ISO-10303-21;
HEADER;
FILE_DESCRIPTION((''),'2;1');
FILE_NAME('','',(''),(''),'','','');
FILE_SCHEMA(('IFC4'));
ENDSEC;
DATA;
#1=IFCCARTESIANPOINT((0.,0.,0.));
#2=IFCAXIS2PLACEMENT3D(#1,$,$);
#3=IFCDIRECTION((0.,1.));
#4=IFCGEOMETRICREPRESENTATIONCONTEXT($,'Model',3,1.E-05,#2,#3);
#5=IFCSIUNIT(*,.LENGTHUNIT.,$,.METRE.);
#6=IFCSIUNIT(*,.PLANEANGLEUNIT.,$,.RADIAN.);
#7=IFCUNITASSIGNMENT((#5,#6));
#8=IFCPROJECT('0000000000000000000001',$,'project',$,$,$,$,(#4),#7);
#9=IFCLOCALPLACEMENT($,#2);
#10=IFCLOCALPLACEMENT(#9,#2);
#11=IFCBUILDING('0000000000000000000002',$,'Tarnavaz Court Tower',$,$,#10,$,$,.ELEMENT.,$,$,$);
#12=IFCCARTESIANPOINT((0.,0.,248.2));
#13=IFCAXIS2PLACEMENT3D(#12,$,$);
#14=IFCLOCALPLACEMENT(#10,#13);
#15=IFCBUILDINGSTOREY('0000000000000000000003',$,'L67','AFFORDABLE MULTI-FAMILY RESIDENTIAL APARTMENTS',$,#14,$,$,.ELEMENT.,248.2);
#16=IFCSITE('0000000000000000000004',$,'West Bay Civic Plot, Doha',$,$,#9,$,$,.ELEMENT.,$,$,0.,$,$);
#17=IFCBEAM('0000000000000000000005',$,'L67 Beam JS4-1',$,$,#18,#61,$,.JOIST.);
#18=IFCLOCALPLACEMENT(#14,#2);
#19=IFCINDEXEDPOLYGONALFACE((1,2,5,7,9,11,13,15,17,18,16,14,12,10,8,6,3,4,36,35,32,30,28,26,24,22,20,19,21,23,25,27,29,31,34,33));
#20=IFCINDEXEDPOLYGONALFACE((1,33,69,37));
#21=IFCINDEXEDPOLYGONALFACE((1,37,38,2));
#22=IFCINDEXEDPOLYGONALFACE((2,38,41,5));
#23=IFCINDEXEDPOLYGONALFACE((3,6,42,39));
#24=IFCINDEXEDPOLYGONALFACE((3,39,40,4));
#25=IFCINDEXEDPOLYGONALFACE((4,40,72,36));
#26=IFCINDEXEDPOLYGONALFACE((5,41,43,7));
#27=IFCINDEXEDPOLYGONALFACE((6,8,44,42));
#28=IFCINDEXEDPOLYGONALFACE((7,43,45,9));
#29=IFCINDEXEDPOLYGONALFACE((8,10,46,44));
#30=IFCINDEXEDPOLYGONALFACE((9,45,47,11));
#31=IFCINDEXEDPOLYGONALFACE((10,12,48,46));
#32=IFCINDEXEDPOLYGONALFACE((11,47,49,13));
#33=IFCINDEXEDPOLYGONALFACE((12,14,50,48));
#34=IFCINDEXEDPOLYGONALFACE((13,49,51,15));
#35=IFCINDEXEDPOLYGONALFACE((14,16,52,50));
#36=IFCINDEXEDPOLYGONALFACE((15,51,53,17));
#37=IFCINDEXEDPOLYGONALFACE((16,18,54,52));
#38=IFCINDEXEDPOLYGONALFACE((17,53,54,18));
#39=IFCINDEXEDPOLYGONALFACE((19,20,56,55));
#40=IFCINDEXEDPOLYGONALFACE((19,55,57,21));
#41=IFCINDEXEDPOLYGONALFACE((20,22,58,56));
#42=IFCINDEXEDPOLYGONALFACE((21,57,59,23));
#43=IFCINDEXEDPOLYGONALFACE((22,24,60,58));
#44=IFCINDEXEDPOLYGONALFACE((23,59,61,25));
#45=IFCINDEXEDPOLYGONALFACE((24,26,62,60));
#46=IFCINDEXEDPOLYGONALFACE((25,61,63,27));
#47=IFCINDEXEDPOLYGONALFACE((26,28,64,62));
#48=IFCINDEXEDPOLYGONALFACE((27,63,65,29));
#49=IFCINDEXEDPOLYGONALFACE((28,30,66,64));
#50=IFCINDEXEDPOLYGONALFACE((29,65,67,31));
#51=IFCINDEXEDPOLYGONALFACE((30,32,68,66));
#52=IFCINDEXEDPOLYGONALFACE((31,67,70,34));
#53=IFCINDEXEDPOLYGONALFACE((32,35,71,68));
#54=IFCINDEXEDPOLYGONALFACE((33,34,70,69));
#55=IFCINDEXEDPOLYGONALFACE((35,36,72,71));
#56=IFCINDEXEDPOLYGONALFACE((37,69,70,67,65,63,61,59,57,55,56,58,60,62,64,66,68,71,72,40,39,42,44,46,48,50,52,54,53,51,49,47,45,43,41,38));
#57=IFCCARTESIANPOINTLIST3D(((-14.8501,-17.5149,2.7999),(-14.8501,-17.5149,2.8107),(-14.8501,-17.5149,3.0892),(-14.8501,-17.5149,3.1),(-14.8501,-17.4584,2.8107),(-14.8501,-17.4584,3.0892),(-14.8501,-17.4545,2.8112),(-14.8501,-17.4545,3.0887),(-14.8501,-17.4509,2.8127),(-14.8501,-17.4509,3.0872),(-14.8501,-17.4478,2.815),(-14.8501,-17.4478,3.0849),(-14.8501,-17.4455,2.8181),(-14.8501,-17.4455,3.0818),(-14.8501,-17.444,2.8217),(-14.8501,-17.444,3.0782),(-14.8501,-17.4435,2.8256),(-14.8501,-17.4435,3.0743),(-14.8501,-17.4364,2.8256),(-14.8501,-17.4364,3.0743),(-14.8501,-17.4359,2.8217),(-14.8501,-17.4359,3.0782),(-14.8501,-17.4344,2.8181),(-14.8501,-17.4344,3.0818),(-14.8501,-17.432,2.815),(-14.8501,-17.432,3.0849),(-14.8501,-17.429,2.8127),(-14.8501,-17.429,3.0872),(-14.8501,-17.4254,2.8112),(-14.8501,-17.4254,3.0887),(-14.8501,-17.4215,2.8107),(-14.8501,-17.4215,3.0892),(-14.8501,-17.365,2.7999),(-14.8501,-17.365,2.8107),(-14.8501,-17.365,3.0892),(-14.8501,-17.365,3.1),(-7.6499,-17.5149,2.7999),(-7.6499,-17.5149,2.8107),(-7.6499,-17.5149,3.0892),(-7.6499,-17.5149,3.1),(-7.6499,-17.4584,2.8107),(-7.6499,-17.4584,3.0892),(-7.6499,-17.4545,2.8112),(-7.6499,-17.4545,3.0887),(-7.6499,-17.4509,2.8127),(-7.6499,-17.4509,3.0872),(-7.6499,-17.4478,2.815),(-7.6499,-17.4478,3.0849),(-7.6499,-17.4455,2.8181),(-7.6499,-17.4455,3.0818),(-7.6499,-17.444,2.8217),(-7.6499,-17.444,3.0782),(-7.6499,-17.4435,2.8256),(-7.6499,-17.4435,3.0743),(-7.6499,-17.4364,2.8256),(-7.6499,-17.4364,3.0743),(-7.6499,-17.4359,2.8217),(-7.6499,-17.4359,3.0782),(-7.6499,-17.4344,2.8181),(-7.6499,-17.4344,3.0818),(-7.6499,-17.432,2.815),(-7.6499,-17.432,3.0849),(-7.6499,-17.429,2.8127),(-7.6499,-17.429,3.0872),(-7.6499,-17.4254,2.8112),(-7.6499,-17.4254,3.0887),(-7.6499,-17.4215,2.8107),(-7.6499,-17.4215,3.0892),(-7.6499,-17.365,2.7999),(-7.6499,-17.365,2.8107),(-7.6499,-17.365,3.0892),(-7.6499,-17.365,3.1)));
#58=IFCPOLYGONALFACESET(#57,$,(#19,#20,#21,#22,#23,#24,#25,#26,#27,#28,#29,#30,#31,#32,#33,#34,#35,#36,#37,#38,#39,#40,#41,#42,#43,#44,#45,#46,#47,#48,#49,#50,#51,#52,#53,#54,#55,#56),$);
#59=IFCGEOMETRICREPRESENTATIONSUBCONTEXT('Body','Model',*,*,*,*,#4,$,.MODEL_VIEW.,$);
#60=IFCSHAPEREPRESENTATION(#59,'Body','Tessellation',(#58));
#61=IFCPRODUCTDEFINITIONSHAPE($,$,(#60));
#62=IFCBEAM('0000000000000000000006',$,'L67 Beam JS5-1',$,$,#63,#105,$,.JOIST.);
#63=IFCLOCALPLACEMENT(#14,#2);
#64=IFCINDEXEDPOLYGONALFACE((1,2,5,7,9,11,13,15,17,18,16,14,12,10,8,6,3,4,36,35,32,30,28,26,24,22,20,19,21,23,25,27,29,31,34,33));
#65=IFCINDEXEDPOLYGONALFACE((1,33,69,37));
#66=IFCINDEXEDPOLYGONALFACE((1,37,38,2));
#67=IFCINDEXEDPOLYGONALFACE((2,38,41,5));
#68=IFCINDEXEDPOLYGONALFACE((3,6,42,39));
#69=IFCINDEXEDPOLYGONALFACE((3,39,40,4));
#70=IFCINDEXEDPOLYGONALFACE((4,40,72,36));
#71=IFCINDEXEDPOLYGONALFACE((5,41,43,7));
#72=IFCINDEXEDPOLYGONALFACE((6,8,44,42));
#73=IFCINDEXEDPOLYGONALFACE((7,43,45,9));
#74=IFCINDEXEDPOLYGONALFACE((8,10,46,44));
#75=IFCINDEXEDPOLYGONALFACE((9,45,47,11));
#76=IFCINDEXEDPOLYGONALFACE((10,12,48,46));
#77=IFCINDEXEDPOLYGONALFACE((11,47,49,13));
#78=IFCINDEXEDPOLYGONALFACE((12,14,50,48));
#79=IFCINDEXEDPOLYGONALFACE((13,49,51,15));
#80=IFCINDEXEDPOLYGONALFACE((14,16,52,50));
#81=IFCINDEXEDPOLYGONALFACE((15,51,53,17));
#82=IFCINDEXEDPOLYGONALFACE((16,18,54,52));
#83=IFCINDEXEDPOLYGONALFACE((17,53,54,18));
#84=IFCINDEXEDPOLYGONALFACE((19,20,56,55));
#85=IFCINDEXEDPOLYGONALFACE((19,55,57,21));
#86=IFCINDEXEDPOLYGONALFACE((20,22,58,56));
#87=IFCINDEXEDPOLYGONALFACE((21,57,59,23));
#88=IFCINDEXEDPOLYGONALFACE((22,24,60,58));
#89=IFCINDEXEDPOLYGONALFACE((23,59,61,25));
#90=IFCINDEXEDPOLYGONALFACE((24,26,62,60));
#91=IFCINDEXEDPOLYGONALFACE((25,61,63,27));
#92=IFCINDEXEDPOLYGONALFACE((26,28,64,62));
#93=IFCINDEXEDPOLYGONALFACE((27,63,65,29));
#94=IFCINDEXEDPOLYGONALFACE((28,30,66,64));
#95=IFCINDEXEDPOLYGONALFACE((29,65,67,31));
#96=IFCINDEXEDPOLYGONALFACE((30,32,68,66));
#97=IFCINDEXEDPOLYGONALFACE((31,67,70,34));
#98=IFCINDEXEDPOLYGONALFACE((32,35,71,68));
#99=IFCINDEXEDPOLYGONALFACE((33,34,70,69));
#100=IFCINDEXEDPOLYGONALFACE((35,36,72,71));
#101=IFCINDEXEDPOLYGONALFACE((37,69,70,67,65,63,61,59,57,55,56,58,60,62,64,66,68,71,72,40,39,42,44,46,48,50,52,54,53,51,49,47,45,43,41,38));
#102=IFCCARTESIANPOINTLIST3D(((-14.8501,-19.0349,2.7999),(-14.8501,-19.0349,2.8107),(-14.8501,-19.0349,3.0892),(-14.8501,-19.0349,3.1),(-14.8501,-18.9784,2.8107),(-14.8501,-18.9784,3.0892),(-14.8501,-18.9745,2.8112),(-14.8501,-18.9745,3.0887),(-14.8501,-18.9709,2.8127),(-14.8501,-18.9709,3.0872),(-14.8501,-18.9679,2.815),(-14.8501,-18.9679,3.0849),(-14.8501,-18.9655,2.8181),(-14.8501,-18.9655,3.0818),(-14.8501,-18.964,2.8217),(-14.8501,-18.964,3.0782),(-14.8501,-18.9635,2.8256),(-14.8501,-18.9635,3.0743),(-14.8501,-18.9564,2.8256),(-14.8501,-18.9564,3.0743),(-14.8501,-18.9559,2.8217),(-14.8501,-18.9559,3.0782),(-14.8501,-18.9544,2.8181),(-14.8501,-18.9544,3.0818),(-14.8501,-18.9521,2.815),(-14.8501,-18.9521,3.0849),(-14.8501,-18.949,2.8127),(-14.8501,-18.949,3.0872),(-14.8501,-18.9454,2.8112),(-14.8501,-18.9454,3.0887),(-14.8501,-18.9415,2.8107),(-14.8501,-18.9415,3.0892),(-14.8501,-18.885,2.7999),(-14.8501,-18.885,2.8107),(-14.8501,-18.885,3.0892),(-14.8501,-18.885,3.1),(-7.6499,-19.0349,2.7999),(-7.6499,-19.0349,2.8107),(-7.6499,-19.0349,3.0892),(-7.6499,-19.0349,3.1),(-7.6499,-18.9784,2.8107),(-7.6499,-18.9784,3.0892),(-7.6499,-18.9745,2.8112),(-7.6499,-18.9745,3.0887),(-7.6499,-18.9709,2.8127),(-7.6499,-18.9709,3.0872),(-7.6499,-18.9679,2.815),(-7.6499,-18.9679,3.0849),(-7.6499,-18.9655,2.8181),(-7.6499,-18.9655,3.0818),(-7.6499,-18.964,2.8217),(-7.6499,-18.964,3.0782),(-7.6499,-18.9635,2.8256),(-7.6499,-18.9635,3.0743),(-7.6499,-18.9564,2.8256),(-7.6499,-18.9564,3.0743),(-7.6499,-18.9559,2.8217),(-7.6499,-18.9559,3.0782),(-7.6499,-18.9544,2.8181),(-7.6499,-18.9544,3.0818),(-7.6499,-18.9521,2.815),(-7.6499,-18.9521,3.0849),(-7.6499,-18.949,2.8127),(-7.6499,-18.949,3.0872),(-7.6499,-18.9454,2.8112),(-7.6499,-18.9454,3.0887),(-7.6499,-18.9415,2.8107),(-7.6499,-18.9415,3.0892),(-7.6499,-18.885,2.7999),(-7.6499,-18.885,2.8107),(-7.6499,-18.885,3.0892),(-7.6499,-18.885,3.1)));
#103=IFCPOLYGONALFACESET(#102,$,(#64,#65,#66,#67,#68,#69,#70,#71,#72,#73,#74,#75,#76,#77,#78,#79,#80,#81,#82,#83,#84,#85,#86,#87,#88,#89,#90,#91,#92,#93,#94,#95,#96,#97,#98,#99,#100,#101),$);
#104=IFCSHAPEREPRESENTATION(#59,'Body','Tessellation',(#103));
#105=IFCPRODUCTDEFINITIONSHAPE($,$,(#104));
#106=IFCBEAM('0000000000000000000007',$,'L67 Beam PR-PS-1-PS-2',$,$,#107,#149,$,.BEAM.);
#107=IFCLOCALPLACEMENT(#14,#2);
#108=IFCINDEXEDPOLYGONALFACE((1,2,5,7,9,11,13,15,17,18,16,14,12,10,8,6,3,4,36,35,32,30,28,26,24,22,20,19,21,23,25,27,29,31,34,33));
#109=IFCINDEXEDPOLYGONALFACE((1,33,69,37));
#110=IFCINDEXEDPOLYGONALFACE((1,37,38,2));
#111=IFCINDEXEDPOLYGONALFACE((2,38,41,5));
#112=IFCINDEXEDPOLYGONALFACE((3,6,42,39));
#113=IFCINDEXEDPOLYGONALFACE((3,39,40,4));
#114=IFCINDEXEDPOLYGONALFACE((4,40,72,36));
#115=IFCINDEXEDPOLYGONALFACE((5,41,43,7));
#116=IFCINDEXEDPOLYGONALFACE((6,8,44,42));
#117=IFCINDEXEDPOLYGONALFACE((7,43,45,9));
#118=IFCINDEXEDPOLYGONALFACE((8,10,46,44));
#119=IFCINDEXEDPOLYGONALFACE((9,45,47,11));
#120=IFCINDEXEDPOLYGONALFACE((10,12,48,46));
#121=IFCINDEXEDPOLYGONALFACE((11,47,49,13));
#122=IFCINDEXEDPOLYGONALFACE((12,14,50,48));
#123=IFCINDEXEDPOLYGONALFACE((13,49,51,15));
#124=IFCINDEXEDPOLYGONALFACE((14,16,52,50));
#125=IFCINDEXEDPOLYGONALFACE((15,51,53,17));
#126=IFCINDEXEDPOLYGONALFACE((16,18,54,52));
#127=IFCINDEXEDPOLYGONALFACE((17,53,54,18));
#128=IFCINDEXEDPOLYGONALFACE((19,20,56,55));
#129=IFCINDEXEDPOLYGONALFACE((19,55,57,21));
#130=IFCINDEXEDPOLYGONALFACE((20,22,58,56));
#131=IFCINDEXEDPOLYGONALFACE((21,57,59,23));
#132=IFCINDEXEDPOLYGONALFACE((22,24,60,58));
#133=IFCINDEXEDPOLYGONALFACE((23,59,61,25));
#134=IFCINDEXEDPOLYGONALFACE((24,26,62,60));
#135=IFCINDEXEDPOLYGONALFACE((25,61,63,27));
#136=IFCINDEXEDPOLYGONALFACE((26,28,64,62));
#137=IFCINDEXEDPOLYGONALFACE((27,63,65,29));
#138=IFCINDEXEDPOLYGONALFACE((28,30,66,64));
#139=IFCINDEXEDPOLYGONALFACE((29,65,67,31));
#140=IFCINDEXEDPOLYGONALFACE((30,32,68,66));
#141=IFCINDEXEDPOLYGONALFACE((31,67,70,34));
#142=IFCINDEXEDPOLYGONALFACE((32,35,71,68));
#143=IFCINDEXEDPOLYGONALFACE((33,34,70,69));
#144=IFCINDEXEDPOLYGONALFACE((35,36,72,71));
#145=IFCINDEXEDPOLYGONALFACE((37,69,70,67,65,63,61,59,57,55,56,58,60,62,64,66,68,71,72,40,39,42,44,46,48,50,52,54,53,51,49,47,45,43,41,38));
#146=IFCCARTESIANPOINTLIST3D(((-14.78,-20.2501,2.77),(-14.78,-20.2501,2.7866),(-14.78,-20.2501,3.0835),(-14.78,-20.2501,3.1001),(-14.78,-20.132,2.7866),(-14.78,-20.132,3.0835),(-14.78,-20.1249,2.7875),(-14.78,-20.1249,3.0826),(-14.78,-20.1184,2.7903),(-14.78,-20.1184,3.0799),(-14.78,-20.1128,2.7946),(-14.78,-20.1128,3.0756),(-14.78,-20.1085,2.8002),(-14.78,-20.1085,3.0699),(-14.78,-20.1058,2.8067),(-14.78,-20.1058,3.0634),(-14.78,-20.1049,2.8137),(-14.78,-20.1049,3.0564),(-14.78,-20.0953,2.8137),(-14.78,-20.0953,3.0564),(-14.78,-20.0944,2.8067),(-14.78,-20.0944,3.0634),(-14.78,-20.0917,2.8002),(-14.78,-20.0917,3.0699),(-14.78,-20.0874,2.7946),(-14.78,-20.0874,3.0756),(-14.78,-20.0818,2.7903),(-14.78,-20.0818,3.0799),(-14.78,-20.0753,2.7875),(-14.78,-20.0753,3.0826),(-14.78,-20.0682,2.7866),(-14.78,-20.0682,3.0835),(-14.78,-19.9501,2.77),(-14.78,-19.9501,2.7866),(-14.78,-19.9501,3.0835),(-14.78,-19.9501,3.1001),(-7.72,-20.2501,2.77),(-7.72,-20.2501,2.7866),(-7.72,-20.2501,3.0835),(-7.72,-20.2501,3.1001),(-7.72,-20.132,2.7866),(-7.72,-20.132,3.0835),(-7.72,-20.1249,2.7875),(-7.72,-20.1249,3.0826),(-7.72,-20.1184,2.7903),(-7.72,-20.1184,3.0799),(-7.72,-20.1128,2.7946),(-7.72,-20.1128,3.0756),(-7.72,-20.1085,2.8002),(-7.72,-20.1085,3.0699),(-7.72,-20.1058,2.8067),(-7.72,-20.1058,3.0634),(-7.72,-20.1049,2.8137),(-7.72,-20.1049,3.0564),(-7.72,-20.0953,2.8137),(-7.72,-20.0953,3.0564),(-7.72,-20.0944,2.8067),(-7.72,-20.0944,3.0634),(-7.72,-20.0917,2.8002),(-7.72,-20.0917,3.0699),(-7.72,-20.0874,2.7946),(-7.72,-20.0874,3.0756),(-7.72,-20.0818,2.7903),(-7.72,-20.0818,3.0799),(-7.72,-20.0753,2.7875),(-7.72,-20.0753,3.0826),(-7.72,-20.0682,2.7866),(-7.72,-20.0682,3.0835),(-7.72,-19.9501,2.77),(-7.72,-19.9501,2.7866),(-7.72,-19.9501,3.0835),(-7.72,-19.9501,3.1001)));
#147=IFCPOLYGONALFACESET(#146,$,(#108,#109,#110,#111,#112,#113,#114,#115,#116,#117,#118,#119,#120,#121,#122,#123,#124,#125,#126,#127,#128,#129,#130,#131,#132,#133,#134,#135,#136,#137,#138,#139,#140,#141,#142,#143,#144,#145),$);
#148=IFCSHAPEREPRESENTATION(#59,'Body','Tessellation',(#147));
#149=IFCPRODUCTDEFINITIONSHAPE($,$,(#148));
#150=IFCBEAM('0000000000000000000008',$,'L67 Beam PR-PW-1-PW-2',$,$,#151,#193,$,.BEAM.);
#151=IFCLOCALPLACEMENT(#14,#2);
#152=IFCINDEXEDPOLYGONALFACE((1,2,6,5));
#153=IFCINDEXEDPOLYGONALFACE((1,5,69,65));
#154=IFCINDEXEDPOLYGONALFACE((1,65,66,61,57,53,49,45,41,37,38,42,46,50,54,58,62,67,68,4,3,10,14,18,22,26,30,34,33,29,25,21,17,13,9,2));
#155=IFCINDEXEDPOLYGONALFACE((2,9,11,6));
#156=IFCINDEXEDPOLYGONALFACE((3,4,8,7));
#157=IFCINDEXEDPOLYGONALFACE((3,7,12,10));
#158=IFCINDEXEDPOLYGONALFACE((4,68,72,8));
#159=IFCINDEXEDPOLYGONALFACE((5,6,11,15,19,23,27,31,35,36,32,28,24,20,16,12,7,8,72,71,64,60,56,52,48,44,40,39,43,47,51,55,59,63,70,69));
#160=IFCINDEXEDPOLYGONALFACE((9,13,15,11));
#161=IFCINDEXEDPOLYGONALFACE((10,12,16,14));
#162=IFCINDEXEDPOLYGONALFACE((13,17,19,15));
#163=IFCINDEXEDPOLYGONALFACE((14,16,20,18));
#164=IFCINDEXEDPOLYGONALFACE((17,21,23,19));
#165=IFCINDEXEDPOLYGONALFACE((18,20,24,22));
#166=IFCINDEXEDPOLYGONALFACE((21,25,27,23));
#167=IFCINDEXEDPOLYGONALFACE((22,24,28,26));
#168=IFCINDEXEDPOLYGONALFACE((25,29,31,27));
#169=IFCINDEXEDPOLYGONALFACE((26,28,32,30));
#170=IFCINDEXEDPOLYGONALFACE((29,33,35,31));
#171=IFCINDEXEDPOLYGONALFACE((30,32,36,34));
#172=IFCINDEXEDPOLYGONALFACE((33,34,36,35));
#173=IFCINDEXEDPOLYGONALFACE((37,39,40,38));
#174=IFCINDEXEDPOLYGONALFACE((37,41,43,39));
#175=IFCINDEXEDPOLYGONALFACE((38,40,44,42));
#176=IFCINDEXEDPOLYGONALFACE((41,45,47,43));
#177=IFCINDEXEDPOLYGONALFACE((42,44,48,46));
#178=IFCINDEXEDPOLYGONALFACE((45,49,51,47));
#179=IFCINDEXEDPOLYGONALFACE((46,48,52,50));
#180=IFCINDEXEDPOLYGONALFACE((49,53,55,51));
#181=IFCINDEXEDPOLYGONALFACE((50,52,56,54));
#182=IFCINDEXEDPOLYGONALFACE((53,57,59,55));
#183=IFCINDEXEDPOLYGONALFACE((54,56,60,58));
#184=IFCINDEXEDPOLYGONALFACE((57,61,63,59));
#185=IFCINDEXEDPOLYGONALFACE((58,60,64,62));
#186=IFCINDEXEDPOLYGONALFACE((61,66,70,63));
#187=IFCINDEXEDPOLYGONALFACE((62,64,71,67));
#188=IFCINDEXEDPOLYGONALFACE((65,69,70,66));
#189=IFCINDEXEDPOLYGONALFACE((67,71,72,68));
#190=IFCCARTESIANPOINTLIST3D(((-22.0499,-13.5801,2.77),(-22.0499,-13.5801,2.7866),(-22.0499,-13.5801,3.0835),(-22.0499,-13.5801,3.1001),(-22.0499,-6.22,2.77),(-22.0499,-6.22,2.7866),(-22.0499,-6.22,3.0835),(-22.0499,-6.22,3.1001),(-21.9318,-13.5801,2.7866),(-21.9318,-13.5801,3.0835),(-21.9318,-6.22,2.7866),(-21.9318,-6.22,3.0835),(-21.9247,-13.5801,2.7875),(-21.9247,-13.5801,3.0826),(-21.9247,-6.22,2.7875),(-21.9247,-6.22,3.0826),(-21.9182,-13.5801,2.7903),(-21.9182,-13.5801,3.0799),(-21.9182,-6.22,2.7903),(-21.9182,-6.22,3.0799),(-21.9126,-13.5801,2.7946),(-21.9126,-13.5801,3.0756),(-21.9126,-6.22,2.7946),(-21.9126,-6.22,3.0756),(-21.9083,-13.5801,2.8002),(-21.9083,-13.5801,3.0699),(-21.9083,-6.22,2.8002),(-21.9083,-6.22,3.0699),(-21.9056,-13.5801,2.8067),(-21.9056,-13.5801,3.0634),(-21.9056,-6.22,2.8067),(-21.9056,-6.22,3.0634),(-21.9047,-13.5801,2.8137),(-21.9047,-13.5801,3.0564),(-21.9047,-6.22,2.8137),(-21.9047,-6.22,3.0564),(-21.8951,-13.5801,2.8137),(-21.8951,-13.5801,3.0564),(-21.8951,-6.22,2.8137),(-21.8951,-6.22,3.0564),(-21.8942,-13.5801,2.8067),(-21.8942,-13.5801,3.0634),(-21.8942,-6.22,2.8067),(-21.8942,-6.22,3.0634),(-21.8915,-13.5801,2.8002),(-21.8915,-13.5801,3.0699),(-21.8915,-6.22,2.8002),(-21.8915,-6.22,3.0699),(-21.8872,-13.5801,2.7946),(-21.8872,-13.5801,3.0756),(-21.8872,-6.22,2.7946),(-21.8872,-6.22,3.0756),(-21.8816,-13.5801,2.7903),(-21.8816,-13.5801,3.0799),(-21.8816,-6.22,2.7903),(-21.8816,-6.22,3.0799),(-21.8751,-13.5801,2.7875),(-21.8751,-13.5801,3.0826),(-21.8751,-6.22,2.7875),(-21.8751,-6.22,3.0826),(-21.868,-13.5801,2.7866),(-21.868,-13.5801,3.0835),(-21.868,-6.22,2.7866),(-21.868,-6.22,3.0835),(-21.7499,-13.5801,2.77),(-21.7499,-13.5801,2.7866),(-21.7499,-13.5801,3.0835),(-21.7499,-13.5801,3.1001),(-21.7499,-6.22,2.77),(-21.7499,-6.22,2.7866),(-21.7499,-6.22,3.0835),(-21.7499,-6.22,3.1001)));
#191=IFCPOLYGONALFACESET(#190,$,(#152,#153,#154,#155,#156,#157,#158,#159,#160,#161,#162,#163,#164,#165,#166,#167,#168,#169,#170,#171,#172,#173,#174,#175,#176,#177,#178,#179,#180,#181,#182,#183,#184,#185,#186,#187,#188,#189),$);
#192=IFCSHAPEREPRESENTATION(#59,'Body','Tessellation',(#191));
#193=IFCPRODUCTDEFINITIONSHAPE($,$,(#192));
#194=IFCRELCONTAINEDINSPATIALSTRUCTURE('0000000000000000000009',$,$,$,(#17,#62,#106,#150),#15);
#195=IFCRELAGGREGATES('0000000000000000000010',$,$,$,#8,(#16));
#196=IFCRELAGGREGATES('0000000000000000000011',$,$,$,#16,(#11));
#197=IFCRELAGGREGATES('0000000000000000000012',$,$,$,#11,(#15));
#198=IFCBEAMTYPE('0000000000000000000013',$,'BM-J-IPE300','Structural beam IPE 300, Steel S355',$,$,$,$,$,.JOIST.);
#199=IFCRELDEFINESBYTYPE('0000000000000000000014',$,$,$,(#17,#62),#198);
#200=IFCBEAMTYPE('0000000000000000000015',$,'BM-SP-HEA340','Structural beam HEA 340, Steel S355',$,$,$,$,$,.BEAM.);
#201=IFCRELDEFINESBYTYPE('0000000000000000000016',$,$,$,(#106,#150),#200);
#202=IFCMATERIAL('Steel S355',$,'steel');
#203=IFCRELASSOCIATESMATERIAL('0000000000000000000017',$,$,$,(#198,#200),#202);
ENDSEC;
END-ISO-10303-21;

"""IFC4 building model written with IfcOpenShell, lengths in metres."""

from ifc_helpers import new_model, si_unit, direction, frame, origin, origin_2d, place, context, subcontext, project, spatial, i_section, extrude, material, material_profile, profile_set, type_object, element, save


model = new_model("IFC4")

# Units and contexts
model_context = context("Model", 3, precision=1e-05, world=origin(), true_north=direction((0.0, 1.0)))
body_context = subcontext(model_context, "Body", "Model", "MODEL_VIEW")
ifc_project = project(units=[si_unit("LENGTHUNIT", "METRE"), si_unit("PLANEANGLEUNIT", "RADIAN")], contexts=[model_context])

# Site, building, storey
site_placement = place(None, origin())
site = spatial("IfcSite", under=ifc_project, at=site_placement, Name="West Bay Civic Plot, Doha", CompositionType="ELEMENT", RefElevation=0.0)
building_placement = place(site_placement, origin())
building = spatial("IfcBuilding", under=site, at=building_placement, Name="Tarnavaz Court Tower", CompositionType="ELEMENT")
storey_placement = place(building_placement, frame((0.0, 0.0, 248.2)))
storey = spatial("IfcBuildingStorey", under=building, at=storey_placement, Name="L67", Description="AFFORDABLE MULTI-FAMILY RESIDENTIAL APARTMENTS", CompositionType="ELEMENT", Elevation=248.2)

# Beams
ifc_material_1 = material(Name="Steel S355", Category="steel")
ifc_material_profile_1 = material_profile(ifc_material_1, i_section(OverallWidth=0.1499, OverallDepth=0.3, WebThickness=0.0071, FlangeThickness=0.0107, FilletRadius=0.0149, at=origin_2d()), Name="IPE 300")
ifc_profile_set_1 = profile_set([ifc_material_profile_1], Name="Steel S355")
beam_type_1 = type_object("IfcBeamType", Name="BM-J-IPE300", Description="Structural beam IPE 300, Steel S355", PredefinedType="JOIST", material=ifc_profile_set_1)
for number, where, z_axis, x_axis, name in (
    (1, (-14.8501, -17.4399, 2.95), (1.0, 0.0, 0.0), (0.0, 1.0, 0.0), "L67 Beam JS4-1"),
    (2, (-14.8501, -18.96, 2.95), (1.0, 0.0, 0.0), (0.0, 1.0, 0.0), "L67 Beam JS5-1"),
):
    element("IfcBeam", number, at=place(storey_placement, frame(where, z_axis=z_axis, x_axis=x_axis)), inside=storey, type_object=beam_type_1, Name=name, PredefinedType="JOIST", context=body_context, shape_type="SweptSolid", body=[
        extrude(i_section(OverallWidth=0.1499, OverallDepth=0.3, WebThickness=0.0071, FlangeThickness=0.0107, FilletRadius=0.0149, at=origin_2d()), origin(), (0.0, 0.0, 1.0), 7.2002),
    ])
ifc_material_profile_2 = material_profile(ifc_material_1, i_section(OverallWidth=0.3, OverallDepth=0.3301, WebThickness=0.0095, FlangeThickness=0.0166, FilletRadius=0.0271, at=origin_2d()), Name="HEA 340")
ifc_profile_set_2 = profile_set([ifc_material_profile_2], Name="Steel S355")
beam_type_2 = type_object("IfcBeamType", Name="BM-SP-HEA340", Description="Structural beam HEA 340, Steel S355", PredefinedType="BEAM", material=ifc_profile_set_2)
beam_1_placement = place(storey_placement, frame((-14.78, -20.1001, 2.9351), z_axis=(1.0, 0.0, 0.0), x_axis=(0.0, 1.0, 0.0)))
element("IfcBeam", 3, at=beam_1_placement, inside=storey, type_object=beam_type_2, Name="L67 Beam PR-PS-1-PS-2", PredefinedType="BEAM", context=body_context, shape_type="SweptSolid", body=[
    extrude(i_section(OverallWidth=0.3, OverallDepth=0.3301, WebThickness=0.0095, FlangeThickness=0.0166, FilletRadius=0.0271, at=origin_2d()), origin(), (0.0, 0.0, 1.0), 7.0601),
])
beam_2_placement = place(storey_placement, frame((-21.8999, -13.5801, 2.9351), z_axis=(0.0, 1.0, 0.0), x_axis=(-1.0, 0.0, 0.0)))
element("IfcBeam", 4, at=beam_2_placement, inside=storey, type_object=beam_type_2, Name="L67 Beam PR-PW-1-PW-2", PredefinedType="BEAM", context=body_context, shape_type="SweptSolid", body=[
    extrude(i_section(OverallWidth=0.3, OverallDepth=0.3301, WebThickness=0.0095, FlangeThickness=0.0166, FilletRadius=0.0271, at=origin_2d()), origin(), (0.0, 0.0, 1.0), 7.3601),
])

save(model, "model.ifc")
